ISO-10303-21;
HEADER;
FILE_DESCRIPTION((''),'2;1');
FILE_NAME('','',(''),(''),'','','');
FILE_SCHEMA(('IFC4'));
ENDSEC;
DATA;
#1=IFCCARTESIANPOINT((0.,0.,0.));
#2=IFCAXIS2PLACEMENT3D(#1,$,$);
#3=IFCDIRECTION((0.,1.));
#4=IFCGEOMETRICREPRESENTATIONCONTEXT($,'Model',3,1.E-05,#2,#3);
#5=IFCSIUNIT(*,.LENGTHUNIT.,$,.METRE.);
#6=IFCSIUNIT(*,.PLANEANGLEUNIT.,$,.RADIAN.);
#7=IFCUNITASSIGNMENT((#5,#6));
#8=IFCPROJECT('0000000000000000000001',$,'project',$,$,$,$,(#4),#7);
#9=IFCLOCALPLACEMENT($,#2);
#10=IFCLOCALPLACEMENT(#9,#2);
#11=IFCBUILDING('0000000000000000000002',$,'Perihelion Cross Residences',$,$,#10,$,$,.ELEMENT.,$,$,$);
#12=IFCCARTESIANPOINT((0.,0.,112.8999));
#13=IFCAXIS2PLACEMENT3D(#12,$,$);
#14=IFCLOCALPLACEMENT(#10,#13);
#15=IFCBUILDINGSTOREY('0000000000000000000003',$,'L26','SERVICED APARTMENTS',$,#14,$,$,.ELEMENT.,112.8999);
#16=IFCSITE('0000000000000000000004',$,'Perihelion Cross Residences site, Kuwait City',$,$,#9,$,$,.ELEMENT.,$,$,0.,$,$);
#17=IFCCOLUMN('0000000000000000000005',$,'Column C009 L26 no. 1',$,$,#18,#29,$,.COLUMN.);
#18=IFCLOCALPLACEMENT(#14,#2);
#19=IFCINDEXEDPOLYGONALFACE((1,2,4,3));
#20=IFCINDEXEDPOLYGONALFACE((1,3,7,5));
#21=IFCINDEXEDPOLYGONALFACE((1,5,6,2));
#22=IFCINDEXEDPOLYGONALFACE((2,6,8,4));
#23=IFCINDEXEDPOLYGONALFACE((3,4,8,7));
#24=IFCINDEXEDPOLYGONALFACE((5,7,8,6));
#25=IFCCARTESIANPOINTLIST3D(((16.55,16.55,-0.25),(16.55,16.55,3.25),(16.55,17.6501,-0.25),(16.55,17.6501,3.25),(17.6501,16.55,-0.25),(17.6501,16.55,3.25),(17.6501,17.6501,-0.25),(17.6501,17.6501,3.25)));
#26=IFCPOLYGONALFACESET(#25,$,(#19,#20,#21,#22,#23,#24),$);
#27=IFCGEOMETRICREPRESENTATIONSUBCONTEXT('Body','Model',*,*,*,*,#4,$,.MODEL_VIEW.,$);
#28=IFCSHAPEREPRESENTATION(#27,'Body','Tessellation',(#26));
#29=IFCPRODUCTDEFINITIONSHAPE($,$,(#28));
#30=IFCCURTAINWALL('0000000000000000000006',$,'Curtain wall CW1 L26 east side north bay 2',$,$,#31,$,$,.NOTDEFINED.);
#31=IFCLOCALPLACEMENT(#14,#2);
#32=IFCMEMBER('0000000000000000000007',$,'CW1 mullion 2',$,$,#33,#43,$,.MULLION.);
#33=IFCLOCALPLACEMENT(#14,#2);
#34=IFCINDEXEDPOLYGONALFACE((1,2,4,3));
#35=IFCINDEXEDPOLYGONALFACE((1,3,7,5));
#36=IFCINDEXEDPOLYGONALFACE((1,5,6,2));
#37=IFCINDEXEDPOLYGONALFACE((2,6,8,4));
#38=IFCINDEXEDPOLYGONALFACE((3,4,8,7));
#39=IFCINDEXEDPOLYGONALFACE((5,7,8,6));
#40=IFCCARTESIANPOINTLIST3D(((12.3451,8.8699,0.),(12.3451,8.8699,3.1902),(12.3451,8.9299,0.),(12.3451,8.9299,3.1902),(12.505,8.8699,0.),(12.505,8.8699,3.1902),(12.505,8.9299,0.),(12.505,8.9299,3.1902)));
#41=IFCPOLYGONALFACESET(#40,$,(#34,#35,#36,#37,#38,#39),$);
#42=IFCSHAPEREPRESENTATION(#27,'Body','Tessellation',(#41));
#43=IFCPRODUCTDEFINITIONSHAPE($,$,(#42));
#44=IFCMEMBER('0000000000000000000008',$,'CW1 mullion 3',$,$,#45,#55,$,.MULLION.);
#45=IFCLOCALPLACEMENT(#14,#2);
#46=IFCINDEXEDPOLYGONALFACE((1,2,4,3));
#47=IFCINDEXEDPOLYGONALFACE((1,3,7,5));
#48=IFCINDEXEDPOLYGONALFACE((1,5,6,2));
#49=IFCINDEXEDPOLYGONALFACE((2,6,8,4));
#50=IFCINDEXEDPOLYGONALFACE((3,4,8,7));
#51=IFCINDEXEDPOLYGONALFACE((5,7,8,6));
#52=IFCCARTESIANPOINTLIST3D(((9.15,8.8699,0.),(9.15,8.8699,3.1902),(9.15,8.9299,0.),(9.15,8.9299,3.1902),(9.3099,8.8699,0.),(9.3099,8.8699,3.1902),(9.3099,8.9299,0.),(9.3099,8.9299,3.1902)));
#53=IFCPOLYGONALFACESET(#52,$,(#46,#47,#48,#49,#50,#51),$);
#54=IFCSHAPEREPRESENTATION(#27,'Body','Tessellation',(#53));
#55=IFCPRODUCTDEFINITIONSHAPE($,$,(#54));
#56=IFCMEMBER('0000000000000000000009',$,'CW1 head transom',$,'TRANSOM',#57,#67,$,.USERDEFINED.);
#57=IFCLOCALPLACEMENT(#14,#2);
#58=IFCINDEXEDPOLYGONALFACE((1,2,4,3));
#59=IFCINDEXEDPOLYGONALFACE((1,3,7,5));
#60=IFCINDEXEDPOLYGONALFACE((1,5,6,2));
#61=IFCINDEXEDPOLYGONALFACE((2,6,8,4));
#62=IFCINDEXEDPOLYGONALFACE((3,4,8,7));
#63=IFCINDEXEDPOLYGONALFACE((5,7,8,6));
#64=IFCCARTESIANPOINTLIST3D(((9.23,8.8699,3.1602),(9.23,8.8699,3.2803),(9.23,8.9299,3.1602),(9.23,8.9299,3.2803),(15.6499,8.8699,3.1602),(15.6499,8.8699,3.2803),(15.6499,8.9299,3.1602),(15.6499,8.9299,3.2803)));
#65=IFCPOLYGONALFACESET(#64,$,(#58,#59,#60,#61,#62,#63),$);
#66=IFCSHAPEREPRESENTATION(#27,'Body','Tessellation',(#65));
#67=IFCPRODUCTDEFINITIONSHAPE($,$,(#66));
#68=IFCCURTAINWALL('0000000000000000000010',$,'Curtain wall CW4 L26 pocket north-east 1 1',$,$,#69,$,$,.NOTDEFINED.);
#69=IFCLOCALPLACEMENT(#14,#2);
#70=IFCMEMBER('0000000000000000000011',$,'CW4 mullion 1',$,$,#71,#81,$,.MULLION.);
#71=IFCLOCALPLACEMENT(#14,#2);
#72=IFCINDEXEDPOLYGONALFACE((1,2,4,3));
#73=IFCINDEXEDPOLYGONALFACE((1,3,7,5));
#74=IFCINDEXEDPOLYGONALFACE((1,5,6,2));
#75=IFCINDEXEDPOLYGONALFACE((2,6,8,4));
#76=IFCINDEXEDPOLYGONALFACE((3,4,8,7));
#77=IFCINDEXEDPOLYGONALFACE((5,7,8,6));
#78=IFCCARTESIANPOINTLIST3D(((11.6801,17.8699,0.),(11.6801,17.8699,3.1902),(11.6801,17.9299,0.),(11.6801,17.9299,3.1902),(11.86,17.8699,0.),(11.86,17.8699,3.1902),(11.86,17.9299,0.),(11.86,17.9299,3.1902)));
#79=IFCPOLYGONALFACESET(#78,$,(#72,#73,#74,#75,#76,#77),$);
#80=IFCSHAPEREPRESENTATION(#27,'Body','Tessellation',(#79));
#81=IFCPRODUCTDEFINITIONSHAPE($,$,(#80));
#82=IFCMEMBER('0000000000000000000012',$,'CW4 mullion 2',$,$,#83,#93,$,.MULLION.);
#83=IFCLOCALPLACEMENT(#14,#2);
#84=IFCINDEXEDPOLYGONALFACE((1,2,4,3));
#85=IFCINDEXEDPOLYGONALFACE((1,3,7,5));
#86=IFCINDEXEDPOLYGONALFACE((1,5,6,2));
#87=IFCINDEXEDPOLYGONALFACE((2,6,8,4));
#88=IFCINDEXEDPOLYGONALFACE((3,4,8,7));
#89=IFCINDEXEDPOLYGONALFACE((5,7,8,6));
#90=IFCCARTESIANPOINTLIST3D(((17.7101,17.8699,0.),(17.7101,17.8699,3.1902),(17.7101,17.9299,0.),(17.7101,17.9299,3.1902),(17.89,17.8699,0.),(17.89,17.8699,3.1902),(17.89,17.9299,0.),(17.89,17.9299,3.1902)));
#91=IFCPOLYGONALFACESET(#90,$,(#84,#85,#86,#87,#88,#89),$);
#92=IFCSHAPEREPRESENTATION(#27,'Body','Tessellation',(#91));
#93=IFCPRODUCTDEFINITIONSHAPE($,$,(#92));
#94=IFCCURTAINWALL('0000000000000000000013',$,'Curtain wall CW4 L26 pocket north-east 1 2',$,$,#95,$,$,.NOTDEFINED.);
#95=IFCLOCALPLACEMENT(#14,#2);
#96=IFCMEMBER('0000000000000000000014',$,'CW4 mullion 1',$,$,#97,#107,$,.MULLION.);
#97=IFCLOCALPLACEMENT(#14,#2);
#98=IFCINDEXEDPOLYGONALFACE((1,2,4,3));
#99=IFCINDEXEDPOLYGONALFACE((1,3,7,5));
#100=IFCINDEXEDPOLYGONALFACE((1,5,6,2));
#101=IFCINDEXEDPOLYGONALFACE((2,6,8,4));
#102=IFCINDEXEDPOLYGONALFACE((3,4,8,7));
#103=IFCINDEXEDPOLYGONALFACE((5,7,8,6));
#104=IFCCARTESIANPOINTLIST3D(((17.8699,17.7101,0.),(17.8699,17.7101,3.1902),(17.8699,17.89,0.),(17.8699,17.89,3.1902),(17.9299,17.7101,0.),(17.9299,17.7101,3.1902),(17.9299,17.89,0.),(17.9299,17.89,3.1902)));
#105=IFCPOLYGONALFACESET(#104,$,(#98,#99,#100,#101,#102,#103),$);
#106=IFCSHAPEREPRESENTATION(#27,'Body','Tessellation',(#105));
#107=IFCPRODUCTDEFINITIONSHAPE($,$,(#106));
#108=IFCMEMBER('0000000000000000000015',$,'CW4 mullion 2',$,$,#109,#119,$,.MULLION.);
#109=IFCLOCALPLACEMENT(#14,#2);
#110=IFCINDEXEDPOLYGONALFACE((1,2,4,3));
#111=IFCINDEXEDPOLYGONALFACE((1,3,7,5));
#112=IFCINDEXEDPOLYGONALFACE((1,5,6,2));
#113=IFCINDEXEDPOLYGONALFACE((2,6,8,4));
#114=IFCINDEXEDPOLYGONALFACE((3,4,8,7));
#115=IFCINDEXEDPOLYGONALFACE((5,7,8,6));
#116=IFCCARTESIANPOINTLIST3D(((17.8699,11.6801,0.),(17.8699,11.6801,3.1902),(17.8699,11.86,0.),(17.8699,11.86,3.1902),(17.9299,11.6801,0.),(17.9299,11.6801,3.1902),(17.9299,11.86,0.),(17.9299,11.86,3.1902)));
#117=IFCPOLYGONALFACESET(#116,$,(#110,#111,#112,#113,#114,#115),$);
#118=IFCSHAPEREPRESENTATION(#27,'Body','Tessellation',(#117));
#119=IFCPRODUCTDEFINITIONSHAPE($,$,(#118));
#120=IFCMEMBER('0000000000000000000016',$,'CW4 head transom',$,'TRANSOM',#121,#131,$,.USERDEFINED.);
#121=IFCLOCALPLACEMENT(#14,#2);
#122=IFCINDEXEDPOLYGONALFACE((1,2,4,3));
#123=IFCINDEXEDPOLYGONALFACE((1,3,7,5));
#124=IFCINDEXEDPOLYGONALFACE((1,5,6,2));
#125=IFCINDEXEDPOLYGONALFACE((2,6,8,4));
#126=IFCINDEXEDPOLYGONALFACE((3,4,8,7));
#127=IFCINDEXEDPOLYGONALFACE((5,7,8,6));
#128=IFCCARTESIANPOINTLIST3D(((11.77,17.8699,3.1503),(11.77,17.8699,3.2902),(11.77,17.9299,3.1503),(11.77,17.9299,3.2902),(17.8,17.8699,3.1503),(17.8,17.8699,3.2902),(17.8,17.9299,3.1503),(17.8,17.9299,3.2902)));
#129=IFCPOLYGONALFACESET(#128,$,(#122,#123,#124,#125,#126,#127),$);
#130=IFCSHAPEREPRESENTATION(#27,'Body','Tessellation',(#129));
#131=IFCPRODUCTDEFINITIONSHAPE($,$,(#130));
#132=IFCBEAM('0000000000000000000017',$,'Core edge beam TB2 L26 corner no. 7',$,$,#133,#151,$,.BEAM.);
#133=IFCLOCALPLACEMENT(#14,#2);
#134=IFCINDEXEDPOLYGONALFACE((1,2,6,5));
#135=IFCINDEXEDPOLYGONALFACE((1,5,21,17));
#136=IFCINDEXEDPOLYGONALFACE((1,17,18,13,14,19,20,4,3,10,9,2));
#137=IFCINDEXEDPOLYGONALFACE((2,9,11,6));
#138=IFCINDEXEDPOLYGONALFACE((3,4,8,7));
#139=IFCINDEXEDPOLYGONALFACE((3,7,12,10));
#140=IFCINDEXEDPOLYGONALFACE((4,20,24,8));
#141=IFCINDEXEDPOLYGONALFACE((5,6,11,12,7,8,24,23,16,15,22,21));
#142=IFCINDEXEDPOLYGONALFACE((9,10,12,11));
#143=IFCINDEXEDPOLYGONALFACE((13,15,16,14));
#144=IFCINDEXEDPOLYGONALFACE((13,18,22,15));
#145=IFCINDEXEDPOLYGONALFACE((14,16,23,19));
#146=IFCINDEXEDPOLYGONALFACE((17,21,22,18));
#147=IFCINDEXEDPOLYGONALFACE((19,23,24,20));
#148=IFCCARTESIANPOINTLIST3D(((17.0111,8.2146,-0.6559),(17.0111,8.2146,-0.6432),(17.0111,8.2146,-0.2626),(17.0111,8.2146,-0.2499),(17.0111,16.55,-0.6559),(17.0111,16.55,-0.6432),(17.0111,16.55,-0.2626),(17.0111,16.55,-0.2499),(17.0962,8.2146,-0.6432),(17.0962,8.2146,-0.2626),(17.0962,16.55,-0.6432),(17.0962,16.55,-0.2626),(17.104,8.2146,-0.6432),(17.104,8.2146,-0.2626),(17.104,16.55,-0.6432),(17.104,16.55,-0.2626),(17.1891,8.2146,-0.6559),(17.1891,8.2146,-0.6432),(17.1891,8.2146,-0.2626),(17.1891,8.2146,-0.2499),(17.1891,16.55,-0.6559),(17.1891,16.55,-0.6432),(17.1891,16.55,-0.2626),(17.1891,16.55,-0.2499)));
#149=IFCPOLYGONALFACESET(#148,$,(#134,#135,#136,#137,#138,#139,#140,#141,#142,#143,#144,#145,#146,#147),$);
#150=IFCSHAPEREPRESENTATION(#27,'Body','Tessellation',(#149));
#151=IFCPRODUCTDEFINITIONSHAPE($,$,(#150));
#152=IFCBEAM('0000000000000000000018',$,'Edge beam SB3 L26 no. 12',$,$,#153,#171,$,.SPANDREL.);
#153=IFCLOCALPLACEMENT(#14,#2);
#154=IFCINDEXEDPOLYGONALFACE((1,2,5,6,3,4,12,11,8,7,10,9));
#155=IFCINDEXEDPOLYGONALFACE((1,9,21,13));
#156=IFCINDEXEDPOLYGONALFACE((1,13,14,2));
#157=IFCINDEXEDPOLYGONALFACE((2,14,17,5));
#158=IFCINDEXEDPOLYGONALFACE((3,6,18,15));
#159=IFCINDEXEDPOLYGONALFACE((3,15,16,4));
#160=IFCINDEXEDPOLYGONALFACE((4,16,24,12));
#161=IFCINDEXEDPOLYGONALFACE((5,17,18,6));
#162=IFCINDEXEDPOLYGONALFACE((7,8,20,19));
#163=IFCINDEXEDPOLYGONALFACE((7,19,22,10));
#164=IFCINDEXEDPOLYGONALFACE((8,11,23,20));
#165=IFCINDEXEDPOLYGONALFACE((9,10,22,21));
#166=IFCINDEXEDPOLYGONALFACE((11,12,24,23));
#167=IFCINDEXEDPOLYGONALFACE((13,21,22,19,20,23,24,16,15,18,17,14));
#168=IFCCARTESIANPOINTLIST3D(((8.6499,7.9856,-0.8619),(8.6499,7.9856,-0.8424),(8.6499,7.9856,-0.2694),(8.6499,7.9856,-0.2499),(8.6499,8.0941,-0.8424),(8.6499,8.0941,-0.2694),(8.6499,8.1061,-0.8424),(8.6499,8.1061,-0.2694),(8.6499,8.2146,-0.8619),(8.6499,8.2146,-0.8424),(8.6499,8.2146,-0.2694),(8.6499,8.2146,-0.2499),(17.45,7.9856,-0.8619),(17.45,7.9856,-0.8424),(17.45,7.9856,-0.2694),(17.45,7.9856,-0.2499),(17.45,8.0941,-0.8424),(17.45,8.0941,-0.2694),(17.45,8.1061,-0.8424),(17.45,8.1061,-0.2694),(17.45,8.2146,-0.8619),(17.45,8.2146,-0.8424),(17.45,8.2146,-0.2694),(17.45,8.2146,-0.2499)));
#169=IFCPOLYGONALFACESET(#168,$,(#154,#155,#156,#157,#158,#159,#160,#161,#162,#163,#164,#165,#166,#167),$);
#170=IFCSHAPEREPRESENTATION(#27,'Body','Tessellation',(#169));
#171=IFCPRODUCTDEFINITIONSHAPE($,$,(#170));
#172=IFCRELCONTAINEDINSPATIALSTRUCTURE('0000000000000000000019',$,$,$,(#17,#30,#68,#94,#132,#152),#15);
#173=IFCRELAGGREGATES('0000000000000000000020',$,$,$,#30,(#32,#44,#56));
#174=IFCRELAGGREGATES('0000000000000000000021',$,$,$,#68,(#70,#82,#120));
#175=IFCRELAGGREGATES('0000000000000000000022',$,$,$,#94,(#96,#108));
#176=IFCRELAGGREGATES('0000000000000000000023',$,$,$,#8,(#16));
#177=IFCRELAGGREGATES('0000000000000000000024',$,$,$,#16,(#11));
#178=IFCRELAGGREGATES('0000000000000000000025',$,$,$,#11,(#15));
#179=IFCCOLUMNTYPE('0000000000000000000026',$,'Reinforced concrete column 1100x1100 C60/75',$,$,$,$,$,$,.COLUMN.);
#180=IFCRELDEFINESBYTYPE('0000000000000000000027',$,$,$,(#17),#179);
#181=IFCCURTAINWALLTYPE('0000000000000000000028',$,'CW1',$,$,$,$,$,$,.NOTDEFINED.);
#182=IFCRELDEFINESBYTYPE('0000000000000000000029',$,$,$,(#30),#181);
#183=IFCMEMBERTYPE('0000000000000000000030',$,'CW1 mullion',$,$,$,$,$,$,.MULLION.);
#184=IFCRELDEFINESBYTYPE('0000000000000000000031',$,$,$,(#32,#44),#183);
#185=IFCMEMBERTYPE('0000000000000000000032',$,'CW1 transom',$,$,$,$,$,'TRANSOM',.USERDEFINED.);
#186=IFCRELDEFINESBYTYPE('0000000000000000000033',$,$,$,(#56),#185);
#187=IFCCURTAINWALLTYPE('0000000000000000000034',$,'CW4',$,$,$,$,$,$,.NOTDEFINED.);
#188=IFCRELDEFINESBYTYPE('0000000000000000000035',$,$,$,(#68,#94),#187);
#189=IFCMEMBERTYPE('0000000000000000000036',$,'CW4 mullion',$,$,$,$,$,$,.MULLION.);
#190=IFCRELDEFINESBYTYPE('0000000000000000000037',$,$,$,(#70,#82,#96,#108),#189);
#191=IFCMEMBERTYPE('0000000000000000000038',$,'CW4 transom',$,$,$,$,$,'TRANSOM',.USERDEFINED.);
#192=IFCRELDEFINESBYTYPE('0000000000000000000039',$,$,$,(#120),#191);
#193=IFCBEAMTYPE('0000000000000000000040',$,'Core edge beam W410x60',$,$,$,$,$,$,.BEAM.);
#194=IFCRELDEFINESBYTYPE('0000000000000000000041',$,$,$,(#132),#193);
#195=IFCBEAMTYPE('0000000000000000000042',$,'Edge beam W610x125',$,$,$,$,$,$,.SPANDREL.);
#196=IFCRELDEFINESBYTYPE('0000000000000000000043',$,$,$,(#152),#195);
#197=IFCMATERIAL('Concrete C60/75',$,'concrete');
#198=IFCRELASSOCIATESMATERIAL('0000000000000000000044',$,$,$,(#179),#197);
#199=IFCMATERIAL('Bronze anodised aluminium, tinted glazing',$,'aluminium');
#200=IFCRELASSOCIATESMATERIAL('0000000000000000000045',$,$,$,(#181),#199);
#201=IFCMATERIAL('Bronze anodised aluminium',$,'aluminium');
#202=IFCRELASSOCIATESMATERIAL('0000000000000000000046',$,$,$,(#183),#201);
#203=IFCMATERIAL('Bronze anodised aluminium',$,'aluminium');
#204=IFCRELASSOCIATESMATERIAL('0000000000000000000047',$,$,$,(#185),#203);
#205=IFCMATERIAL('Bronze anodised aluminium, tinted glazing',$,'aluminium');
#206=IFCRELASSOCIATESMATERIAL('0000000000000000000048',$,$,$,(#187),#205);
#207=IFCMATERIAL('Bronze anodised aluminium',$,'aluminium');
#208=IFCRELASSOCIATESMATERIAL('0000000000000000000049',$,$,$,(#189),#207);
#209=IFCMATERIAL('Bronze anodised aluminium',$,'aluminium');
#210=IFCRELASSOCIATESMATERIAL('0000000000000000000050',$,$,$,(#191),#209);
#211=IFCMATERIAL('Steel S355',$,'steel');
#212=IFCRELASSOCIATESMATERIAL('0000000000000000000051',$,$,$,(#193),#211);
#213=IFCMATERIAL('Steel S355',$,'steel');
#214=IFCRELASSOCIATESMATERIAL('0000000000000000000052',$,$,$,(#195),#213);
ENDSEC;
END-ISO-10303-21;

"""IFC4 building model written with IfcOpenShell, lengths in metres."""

from ifc_helpers import new_model, si_unit, direction, frame, origin, origin_2d, place, context, subcontext, project, spatial, rectangle, i_section, extrude, material, material_profile, profile_set, type_object, element, aggregate, save


model = new_model("IFC4")

# Units and contexts
model_context = context("Model", 3, precision=1e-05, world=origin(), true_north=direction((0.0, 1.0)))
body_context = subcontext(model_context, "Body", "Model", "MODEL_VIEW")
ifc_project = project(units=[si_unit("LENGTHUNIT", "METRE"), si_unit("PLANEANGLEUNIT", "RADIAN")], contexts=[model_context])

# Site, building, storey
site_placement = place(None, origin())
site = spatial("IfcSite", under=ifc_project, at=site_placement, Name="Perihelion Cross Residences site, Kuwait City", CompositionType="ELEMENT", RefElevation=0.0)
building_placement = place(site_placement, origin())
building = spatial("IfcBuilding", under=site, at=building_placement, Name="Perihelion Cross Residences", CompositionType="ELEMENT")
storey_placement = place(building_placement, frame((0.0, 0.0, 112.8999)))
storey = spatial("IfcBuildingStorey", under=building, at=storey_placement, Name="L26", Description="SERVICED APARTMENTS", CompositionType="ELEMENT", Elevation=112.8999)

# Column
ifc_material_1 = material(Name="Concrete C60/75", Category="concrete")
ifc_material_profile_1 = material_profile(ifc_material_1, rectangle(XDim=1.1001, YDim=1.1001, at=origin_2d()), Name="RC 1100x1100")
ifc_profile_set_1 = profile_set([ifc_material_profile_1], Name="Concrete C60/75")
column_type = type_object("IfcColumnType", Name="Reinforced concrete column 1100x1100 C60/75", PredefinedType="COLUMN", material=ifc_profile_set_1)
column_placement = place(storey_placement, frame((17.1001, 17.1001, -0.25), z_axis=(0.0, 0.0, 1.0), x_axis=(1.0, 0.0, 0.0)))
element("IfcColumn", 1, at=column_placement, inside=storey, type_object=column_type, Name="Column C009 L26 no. 1", PredefinedType="COLUMN", context=body_context, shape_type="SweptSolid", body=[
    extrude(rectangle(XDim=1.1001, YDim=1.1001, at=origin_2d()), origin(), (0.0, 0.0, 1.0), 3.5),
])

# Curtain walls, members
ifc_material_2 = material(Name="Bronze anodised aluminium, tinted glazing", Category="aluminium")
curtain_wall_type_1 = type_object("IfcCurtainWallType", Name="CW1", PredefinedType="NOTDEFINED", material=ifc_material_2)
curtain_wall_1_placement = place(storey_placement, origin())
curtain_wall_1 = element("IfcCurtainWall", 2, at=curtain_wall_1_placement, inside=storey, type_object=curtain_wall_type_1, Name="Curtain wall CW1 L26 east side north bay 2", PredefinedType="NOTDEFINED")
ifc_material_3 = material(Name="Bronze anodised aluminium", Category="aluminium")
ifc_material_profile_2 = material_profile(ifc_material_3, rectangle(XDim=0.0601, YDim=0.1599, at=origin_2d()), Name="CW1 mullion")
ifc_profile_set_2 = profile_set([ifc_material_profile_2], Name="Bronze anodised aluminium")
member_type_1 = type_object("IfcMemberType", Name="CW1 mullion", PredefinedType="MULLION", material=ifc_profile_set_2)
member_1_placement = place(storey_placement, frame((12.425, 8.8999, 0.0), z_axis=(0.0, 0.0, 1.0), x_axis=(0.0, -1.0, 0.0)))
member_1 = element("IfcMember", 3, at=member_1_placement, type_object=member_type_1, Name="CW1 mullion 2", PredefinedType="MULLION", context=body_context, shape_type="SweptSolid", body=[
    extrude(rectangle(XDim=0.0601, YDim=0.1599, at=origin_2d()), origin(), (0.0, 0.0, 1.0), 3.1902),
])
member_2_placement = place(storey_placement, frame((9.23, 8.8999, 0.0), z_axis=(0.0, 0.0, 1.0), x_axis=(0.0, -1.0, 0.0)))
member_2 = element("IfcMember", 4, at=member_2_placement, type_object=member_type_1, Name="CW1 mullion 3", PredefinedType="MULLION", context=body_context, shape_type="SweptSolid", body=[
    extrude(rectangle(XDim=0.0601, YDim=0.1599, at=origin_2d()), origin(), (0.0, 0.0, 1.0), 3.1902),
])
ifc_material_4 = material(Name="Bronze anodised aluminium", Category="aluminium")
ifc_material_profile_3 = material_profile(ifc_material_4, rectangle(XDim=0.0601, YDim=0.1201, at=origin_2d()), Name="CW1 transom")
ifc_profile_set_3 = profile_set([ifc_material_profile_3], Name="Bronze anodised aluminium")
member_type_2 = type_object("IfcMemberType", Name="CW1 transom", ElementType="TRANSOM", PredefinedType="USERDEFINED", material=ifc_profile_set_3)
member_3_placement = place(storey_placement, frame((15.6499, 8.8999, 3.2202), z_axis=(-1.0, 0.0, 0.0), x_axis=(0.0, -1.0, 0.0)))
member_3 = element("IfcMember", 5, at=member_3_placement, type_object=member_type_2, Name="CW1 head transom", ObjectType="TRANSOM", PredefinedType="USERDEFINED", context=body_context, shape_type="SweptSolid", body=[
    extrude(rectangle(XDim=0.0601, YDim=0.1201, at=origin_2d()), origin(), (0.0, 0.0, 1.0), 6.4199),
])
ifc_material_5 = material(Name="Bronze anodised aluminium, tinted glazing", Category="aluminium")
curtain_wall_type_2 = type_object("IfcCurtainWallType", Name="CW4", PredefinedType="NOTDEFINED", material=ifc_material_5)
curtain_wall_2_placement = place(storey_placement, origin())
curtain_wall_2 = element("IfcCurtainWall", 6, at=curtain_wall_2_placement, inside=storey, type_object=curtain_wall_type_2, Name="Curtain wall CW4 L26 pocket north-east 1 1", PredefinedType="NOTDEFINED")
ifc_material_6 = material(Name="Bronze anodised aluminium", Category="aluminium")
ifc_material_profile_4 = material_profile(ifc_material_6, rectangle(XDim=0.0601, YDim=0.1799, at=origin_2d()), Name="CW4 mullion")
ifc_profile_set_4 = profile_set([ifc_material_profile_4], Name="Bronze anodised aluminium")
member_type_3 = type_object("IfcMemberType", Name="CW4 mullion", PredefinedType="MULLION", material=ifc_profile_set_4)
member_4_placement = place(storey_placement, frame((11.77, 17.8999, 0.0), z_axis=(0.0, 0.0, 1.0), x_axis=(0.0, 1.0, 0.0)))
member_4 = element("IfcMember", 7, at=member_4_placement, type_object=member_type_3, Name="CW4 mullion 1", PredefinedType="MULLION", context=body_context, shape_type="SweptSolid", body=[
    extrude(rectangle(XDim=0.0601, YDim=0.1799, at=origin_2d()), origin(), (0.0, 0.0, 1.0), 3.1902),
])
member_5_placement = place(storey_placement, frame((17.8, 17.8999, 0.0), z_axis=(0.0, 0.0, 1.0), x_axis=(0.0, 1.0, 0.0)))
member_5 = element("IfcMember", 8, at=member_5_placement, type_object=member_type_3, Name="CW4 mullion 2", PredefinedType="MULLION", context=body_context, shape_type="SweptSolid", body=[
    extrude(rectangle(XDim=0.0601, YDim=0.1799, at=origin_2d()), origin(), (0.0, 0.0, 1.0), 3.1902),
])
curtain_wall_3_placement = place(storey_placement, origin())
curtain_wall_3 = element("IfcCurtainWall", 9, at=curtain_wall_3_placement, inside=storey, type_object=curtain_wall_type_2, Name="Curtain wall CW4 L26 pocket north-east 1 2", PredefinedType="NOTDEFINED")
member_6_placement = place(storey_placement, frame((17.8999, 17.8, 0.0), z_axis=(0.0, 0.0, 1.0), x_axis=(1.0, 0.0, 0.0)))
member_6 = element("IfcMember", 10, at=member_6_placement, type_object=member_type_3, Name="CW4 mullion 1", PredefinedType="MULLION", context=body_context, shape_type="SweptSolid", body=[
    extrude(rectangle(XDim=0.0601, YDim=0.1799, at=origin_2d()), origin(), (0.0, 0.0, 1.0), 3.1902),
])
member_7_placement = place(storey_placement, frame((17.8999, 11.77, 0.0), z_axis=(0.0, 0.0, 1.0), x_axis=(1.0, 0.0, 0.0)))
member_7 = element("IfcMember", 11, at=member_7_placement, type_object=member_type_3, Name="CW4 mullion 2", PredefinedType="MULLION", context=body_context, shape_type="SweptSolid", body=[
    extrude(rectangle(XDim=0.0601, YDim=0.1799, at=origin_2d()), origin(), (0.0, 0.0, 1.0), 3.1902),
])

# Member
ifc_material_7 = material(Name="Bronze anodised aluminium", Category="aluminium")
ifc_material_profile_5 = material_profile(ifc_material_7, rectangle(XDim=0.0601, YDim=0.1399, at=origin_2d()), Name="CW4 transom")
ifc_profile_set_5 = profile_set([ifc_material_profile_5], Name="Bronze anodised aluminium")
member_type_4 = type_object("IfcMemberType", Name="CW4 transom", ElementType="TRANSOM", PredefinedType="USERDEFINED", material=ifc_profile_set_5)
member_8_placement = place(storey_placement, frame((11.77, 17.8999, 3.2202), z_axis=(1.0, 0.0, 0.0), x_axis=(0.0, 1.0, 0.0)))
member_8 = element("IfcMember", 12, at=member_8_placement, type_object=member_type_4, Name="CW4 head transom", ObjectType="TRANSOM", PredefinedType="USERDEFINED", context=body_context, shape_type="SweptSolid", body=[
    extrude(rectangle(XDim=0.0601, YDim=0.1399, at=origin_2d()), origin(), (0.0, 0.0, 1.0), 6.03),
])

# Beams
ifc_material_8 = material(Name="Steel S355", Category="steel")
ifc_material_profile_6 = material_profile(ifc_material_8, i_section(OverallWidth=0.178, OverallDepth=0.406, WebThickness=0.0078, FlangeThickness=0.0127, at=origin_2d()), Name="W410x60")
ifc_profile_set_6 = profile_set([ifc_material_profile_6], Name="Steel S355")
beam_type_1 = type_object("IfcBeamType", Name="Core edge beam W410x60", PredefinedType="BEAM", material=ifc_profile_set_6)
beam_1_placement = place(storey_placement, frame((17.1001, 8.2146, -0.4529), z_axis=(0.0, 1.0, 0.0), x_axis=(-1.0, 0.0, 0.0)))
element("IfcBeam", 13, at=beam_1_placement, inside=storey, type_object=beam_type_1, Name="Core edge beam TB2 L26 corner no. 7", PredefinedType="BEAM", context=body_context, shape_type="SweptSolid", body=[
    extrude(i_section(OverallWidth=0.178, OverallDepth=0.406, WebThickness=0.0078, FlangeThickness=0.0127, at=origin_2d()), origin(), (0.0, 0.0, 1.0), 8.3354),
])
ifc_material_9 = material(Name="Steel S355", Category="steel")
ifc_material_profile_7 = material_profile(ifc_material_9, i_section(OverallWidth=0.229, OverallDepth=0.6121, WebThickness=0.012, FlangeThickness=0.0195, at=origin_2d()), Name="W610x125")
ifc_profile_set_7 = profile_set([ifc_material_profile_7], Name="Steel S355")
beam_type_2 = type_object("IfcBeamType", Name="Edge beam W610x125", PredefinedType="SPANDREL", material=ifc_profile_set_7)
beam_2_placement = place(storey_placement, frame((17.45, 8.1001, -0.5559), z_axis=(-1.0, 0.0, 0.0), x_axis=(0.0, -1.0, 0.0)))
element("IfcBeam", 14, at=beam_2_placement, inside=storey, type_object=beam_type_2, Name="Edge beam SB3 L26 no. 12", PredefinedType="SPANDREL", context=body_context, shape_type="SweptSolid", body=[
    extrude(i_section(OverallWidth=0.229, OverallDepth=0.6121, WebThickness=0.012, FlangeThickness=0.0195, at=origin_2d()), origin(), (0.0, 0.0, 1.0), 8.8),
])

aggregate(curtain_wall_1, [member_1, member_2, member_3])
aggregate(curtain_wall_2, [member_4, member_5, member_8])
aggregate(curtain_wall_3, [member_6, member_7])

save(model, "model.ifc")
